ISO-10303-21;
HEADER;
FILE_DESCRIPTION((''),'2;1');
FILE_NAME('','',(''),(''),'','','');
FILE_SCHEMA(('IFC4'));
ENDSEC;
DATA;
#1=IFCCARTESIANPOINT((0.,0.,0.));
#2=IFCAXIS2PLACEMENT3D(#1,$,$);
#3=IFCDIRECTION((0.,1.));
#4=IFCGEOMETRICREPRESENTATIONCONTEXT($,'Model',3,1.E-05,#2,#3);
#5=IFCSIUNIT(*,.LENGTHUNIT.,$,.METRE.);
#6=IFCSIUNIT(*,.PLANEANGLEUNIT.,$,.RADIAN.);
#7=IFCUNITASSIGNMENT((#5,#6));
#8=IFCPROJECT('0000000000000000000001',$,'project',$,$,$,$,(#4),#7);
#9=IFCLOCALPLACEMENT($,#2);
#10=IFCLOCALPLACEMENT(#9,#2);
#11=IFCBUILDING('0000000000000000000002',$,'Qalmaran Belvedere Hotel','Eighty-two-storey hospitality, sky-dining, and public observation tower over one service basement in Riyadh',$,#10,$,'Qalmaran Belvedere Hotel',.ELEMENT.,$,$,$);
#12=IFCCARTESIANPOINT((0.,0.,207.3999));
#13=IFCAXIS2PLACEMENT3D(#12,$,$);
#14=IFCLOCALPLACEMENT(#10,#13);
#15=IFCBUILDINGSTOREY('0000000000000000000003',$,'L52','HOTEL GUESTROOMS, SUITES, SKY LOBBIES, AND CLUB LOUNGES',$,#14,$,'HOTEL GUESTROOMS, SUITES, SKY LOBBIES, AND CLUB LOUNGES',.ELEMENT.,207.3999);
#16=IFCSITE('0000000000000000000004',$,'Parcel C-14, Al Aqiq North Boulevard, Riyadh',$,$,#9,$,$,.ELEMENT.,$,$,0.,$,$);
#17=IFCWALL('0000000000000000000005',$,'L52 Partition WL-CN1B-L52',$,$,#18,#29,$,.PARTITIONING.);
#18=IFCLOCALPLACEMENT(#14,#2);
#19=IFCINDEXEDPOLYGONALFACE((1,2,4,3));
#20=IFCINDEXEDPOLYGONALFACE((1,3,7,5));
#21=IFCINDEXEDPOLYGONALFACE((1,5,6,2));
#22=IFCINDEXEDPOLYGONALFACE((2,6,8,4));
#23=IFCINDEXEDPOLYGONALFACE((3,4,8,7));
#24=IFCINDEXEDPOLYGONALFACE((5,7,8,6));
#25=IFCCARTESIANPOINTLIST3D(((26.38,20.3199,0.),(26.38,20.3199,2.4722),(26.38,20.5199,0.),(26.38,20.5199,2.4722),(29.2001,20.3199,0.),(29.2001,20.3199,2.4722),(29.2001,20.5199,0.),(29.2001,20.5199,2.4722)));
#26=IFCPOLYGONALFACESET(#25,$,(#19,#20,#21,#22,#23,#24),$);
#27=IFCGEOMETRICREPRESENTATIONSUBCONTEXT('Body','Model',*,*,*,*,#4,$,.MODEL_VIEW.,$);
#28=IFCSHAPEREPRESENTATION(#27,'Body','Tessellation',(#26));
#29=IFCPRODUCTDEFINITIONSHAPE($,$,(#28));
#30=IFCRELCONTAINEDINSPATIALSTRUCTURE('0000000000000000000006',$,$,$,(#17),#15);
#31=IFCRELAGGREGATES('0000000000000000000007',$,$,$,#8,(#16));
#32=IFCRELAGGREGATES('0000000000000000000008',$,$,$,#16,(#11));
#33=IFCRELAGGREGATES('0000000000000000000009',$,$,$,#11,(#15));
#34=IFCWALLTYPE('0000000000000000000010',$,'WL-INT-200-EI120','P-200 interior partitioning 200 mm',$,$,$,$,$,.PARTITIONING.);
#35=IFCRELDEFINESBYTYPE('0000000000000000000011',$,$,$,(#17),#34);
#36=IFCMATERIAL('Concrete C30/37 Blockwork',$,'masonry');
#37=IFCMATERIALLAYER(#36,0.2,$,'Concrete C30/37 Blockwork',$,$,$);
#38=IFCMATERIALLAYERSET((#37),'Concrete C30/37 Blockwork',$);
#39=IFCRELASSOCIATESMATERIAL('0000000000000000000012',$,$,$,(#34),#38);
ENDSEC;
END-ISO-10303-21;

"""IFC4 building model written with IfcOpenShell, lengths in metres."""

from ifc_helpers import new_model, si_unit, direction, frame, frame_2d, origin, place, context, subcontext, project, spatial, rectangle, extrude, material, layer, layer_set, type_object, element, save


model = new_model("IFC4")

# Units and contexts
model_context = context("Model", 3, precision=1e-05, world=origin(), true_north=direction((0.0, 1.0)))
body_context = subcontext(model_context, "Body", "Model", "MODEL_VIEW")
ifc_project = project(units=[si_unit("LENGTHUNIT", "METRE"), si_unit("PLANEANGLEUNIT", "RADIAN")], contexts=[model_context])

# Site, building, storey
site_placement = place(None, origin())
site = spatial("IfcSite", under=ifc_project, at=site_placement, Name="Parcel C-14, Al Aqiq North Boulevard, Riyadh", CompositionType="ELEMENT", RefElevation=0.0)
building_placement = place(site_placement, origin())
building = spatial("IfcBuilding", under=site, at=building_placement, Name="Qalmaran Belvedere Hotel", Description="Eighty-two-storey hospitality, sky-dining, and public observation tower over one service basement in Riyadh", LongName="Qalmaran Belvedere Hotel", CompositionType="ELEMENT")
storey_placement = place(building_placement, frame((0.0, 0.0, 207.3999)))
storey = spatial("IfcBuildingStorey", under=building, at=storey_placement, Name="L52", Description="HOTEL GUESTROOMS, SUITES, SKY LOBBIES, AND CLUB LOUNGES", LongName="HOTEL GUESTROOMS, SUITES, SKY LOBBIES, AND CLUB LOUNGES", CompositionType="ELEMENT", Elevation=207.3999)

# Shared definitions
ifc_material_1 = material(Name="Concrete C30/37 Blockwork", Category="masonry")
ifc_layer_1 = layer(ifc_material_1, 0.2, Name="Concrete C30/37 Blockwork")
ifc_layer_set_1 = layer_set([ifc_layer_1], Name="Concrete C30/37 Blockwork")
wall_type_1 = type_object("IfcWallType", Name="WL-INT-200-EI120", Description="P-200 interior partitioning 200 mm", PredefinedType="PARTITIONING", material=ifc_layer_set_1)

# Wall
wall_1_placement = place(storey_placement, frame((26.3799, 20.4199, 0.0), z_axis=(0.0, 0.0, 1.0), x_axis=(1.0, 0.0, 0.0)))
element("IfcWall", 1, at=wall_1_placement, inside=storey, type_object=wall_type_1, Name="L52 Partition WL-CN1B-L52", PredefinedType="PARTITIONING", context=body_context, shape_type="SweptSolid", body=[
    extrude(rectangle(XDim=2.8201, YDim=0.2, at=frame_2d((1.4102, 0.0))), origin(), (0.0, 0.0, 1.0), 2.4722),
])

save(model, "model.ifc")
